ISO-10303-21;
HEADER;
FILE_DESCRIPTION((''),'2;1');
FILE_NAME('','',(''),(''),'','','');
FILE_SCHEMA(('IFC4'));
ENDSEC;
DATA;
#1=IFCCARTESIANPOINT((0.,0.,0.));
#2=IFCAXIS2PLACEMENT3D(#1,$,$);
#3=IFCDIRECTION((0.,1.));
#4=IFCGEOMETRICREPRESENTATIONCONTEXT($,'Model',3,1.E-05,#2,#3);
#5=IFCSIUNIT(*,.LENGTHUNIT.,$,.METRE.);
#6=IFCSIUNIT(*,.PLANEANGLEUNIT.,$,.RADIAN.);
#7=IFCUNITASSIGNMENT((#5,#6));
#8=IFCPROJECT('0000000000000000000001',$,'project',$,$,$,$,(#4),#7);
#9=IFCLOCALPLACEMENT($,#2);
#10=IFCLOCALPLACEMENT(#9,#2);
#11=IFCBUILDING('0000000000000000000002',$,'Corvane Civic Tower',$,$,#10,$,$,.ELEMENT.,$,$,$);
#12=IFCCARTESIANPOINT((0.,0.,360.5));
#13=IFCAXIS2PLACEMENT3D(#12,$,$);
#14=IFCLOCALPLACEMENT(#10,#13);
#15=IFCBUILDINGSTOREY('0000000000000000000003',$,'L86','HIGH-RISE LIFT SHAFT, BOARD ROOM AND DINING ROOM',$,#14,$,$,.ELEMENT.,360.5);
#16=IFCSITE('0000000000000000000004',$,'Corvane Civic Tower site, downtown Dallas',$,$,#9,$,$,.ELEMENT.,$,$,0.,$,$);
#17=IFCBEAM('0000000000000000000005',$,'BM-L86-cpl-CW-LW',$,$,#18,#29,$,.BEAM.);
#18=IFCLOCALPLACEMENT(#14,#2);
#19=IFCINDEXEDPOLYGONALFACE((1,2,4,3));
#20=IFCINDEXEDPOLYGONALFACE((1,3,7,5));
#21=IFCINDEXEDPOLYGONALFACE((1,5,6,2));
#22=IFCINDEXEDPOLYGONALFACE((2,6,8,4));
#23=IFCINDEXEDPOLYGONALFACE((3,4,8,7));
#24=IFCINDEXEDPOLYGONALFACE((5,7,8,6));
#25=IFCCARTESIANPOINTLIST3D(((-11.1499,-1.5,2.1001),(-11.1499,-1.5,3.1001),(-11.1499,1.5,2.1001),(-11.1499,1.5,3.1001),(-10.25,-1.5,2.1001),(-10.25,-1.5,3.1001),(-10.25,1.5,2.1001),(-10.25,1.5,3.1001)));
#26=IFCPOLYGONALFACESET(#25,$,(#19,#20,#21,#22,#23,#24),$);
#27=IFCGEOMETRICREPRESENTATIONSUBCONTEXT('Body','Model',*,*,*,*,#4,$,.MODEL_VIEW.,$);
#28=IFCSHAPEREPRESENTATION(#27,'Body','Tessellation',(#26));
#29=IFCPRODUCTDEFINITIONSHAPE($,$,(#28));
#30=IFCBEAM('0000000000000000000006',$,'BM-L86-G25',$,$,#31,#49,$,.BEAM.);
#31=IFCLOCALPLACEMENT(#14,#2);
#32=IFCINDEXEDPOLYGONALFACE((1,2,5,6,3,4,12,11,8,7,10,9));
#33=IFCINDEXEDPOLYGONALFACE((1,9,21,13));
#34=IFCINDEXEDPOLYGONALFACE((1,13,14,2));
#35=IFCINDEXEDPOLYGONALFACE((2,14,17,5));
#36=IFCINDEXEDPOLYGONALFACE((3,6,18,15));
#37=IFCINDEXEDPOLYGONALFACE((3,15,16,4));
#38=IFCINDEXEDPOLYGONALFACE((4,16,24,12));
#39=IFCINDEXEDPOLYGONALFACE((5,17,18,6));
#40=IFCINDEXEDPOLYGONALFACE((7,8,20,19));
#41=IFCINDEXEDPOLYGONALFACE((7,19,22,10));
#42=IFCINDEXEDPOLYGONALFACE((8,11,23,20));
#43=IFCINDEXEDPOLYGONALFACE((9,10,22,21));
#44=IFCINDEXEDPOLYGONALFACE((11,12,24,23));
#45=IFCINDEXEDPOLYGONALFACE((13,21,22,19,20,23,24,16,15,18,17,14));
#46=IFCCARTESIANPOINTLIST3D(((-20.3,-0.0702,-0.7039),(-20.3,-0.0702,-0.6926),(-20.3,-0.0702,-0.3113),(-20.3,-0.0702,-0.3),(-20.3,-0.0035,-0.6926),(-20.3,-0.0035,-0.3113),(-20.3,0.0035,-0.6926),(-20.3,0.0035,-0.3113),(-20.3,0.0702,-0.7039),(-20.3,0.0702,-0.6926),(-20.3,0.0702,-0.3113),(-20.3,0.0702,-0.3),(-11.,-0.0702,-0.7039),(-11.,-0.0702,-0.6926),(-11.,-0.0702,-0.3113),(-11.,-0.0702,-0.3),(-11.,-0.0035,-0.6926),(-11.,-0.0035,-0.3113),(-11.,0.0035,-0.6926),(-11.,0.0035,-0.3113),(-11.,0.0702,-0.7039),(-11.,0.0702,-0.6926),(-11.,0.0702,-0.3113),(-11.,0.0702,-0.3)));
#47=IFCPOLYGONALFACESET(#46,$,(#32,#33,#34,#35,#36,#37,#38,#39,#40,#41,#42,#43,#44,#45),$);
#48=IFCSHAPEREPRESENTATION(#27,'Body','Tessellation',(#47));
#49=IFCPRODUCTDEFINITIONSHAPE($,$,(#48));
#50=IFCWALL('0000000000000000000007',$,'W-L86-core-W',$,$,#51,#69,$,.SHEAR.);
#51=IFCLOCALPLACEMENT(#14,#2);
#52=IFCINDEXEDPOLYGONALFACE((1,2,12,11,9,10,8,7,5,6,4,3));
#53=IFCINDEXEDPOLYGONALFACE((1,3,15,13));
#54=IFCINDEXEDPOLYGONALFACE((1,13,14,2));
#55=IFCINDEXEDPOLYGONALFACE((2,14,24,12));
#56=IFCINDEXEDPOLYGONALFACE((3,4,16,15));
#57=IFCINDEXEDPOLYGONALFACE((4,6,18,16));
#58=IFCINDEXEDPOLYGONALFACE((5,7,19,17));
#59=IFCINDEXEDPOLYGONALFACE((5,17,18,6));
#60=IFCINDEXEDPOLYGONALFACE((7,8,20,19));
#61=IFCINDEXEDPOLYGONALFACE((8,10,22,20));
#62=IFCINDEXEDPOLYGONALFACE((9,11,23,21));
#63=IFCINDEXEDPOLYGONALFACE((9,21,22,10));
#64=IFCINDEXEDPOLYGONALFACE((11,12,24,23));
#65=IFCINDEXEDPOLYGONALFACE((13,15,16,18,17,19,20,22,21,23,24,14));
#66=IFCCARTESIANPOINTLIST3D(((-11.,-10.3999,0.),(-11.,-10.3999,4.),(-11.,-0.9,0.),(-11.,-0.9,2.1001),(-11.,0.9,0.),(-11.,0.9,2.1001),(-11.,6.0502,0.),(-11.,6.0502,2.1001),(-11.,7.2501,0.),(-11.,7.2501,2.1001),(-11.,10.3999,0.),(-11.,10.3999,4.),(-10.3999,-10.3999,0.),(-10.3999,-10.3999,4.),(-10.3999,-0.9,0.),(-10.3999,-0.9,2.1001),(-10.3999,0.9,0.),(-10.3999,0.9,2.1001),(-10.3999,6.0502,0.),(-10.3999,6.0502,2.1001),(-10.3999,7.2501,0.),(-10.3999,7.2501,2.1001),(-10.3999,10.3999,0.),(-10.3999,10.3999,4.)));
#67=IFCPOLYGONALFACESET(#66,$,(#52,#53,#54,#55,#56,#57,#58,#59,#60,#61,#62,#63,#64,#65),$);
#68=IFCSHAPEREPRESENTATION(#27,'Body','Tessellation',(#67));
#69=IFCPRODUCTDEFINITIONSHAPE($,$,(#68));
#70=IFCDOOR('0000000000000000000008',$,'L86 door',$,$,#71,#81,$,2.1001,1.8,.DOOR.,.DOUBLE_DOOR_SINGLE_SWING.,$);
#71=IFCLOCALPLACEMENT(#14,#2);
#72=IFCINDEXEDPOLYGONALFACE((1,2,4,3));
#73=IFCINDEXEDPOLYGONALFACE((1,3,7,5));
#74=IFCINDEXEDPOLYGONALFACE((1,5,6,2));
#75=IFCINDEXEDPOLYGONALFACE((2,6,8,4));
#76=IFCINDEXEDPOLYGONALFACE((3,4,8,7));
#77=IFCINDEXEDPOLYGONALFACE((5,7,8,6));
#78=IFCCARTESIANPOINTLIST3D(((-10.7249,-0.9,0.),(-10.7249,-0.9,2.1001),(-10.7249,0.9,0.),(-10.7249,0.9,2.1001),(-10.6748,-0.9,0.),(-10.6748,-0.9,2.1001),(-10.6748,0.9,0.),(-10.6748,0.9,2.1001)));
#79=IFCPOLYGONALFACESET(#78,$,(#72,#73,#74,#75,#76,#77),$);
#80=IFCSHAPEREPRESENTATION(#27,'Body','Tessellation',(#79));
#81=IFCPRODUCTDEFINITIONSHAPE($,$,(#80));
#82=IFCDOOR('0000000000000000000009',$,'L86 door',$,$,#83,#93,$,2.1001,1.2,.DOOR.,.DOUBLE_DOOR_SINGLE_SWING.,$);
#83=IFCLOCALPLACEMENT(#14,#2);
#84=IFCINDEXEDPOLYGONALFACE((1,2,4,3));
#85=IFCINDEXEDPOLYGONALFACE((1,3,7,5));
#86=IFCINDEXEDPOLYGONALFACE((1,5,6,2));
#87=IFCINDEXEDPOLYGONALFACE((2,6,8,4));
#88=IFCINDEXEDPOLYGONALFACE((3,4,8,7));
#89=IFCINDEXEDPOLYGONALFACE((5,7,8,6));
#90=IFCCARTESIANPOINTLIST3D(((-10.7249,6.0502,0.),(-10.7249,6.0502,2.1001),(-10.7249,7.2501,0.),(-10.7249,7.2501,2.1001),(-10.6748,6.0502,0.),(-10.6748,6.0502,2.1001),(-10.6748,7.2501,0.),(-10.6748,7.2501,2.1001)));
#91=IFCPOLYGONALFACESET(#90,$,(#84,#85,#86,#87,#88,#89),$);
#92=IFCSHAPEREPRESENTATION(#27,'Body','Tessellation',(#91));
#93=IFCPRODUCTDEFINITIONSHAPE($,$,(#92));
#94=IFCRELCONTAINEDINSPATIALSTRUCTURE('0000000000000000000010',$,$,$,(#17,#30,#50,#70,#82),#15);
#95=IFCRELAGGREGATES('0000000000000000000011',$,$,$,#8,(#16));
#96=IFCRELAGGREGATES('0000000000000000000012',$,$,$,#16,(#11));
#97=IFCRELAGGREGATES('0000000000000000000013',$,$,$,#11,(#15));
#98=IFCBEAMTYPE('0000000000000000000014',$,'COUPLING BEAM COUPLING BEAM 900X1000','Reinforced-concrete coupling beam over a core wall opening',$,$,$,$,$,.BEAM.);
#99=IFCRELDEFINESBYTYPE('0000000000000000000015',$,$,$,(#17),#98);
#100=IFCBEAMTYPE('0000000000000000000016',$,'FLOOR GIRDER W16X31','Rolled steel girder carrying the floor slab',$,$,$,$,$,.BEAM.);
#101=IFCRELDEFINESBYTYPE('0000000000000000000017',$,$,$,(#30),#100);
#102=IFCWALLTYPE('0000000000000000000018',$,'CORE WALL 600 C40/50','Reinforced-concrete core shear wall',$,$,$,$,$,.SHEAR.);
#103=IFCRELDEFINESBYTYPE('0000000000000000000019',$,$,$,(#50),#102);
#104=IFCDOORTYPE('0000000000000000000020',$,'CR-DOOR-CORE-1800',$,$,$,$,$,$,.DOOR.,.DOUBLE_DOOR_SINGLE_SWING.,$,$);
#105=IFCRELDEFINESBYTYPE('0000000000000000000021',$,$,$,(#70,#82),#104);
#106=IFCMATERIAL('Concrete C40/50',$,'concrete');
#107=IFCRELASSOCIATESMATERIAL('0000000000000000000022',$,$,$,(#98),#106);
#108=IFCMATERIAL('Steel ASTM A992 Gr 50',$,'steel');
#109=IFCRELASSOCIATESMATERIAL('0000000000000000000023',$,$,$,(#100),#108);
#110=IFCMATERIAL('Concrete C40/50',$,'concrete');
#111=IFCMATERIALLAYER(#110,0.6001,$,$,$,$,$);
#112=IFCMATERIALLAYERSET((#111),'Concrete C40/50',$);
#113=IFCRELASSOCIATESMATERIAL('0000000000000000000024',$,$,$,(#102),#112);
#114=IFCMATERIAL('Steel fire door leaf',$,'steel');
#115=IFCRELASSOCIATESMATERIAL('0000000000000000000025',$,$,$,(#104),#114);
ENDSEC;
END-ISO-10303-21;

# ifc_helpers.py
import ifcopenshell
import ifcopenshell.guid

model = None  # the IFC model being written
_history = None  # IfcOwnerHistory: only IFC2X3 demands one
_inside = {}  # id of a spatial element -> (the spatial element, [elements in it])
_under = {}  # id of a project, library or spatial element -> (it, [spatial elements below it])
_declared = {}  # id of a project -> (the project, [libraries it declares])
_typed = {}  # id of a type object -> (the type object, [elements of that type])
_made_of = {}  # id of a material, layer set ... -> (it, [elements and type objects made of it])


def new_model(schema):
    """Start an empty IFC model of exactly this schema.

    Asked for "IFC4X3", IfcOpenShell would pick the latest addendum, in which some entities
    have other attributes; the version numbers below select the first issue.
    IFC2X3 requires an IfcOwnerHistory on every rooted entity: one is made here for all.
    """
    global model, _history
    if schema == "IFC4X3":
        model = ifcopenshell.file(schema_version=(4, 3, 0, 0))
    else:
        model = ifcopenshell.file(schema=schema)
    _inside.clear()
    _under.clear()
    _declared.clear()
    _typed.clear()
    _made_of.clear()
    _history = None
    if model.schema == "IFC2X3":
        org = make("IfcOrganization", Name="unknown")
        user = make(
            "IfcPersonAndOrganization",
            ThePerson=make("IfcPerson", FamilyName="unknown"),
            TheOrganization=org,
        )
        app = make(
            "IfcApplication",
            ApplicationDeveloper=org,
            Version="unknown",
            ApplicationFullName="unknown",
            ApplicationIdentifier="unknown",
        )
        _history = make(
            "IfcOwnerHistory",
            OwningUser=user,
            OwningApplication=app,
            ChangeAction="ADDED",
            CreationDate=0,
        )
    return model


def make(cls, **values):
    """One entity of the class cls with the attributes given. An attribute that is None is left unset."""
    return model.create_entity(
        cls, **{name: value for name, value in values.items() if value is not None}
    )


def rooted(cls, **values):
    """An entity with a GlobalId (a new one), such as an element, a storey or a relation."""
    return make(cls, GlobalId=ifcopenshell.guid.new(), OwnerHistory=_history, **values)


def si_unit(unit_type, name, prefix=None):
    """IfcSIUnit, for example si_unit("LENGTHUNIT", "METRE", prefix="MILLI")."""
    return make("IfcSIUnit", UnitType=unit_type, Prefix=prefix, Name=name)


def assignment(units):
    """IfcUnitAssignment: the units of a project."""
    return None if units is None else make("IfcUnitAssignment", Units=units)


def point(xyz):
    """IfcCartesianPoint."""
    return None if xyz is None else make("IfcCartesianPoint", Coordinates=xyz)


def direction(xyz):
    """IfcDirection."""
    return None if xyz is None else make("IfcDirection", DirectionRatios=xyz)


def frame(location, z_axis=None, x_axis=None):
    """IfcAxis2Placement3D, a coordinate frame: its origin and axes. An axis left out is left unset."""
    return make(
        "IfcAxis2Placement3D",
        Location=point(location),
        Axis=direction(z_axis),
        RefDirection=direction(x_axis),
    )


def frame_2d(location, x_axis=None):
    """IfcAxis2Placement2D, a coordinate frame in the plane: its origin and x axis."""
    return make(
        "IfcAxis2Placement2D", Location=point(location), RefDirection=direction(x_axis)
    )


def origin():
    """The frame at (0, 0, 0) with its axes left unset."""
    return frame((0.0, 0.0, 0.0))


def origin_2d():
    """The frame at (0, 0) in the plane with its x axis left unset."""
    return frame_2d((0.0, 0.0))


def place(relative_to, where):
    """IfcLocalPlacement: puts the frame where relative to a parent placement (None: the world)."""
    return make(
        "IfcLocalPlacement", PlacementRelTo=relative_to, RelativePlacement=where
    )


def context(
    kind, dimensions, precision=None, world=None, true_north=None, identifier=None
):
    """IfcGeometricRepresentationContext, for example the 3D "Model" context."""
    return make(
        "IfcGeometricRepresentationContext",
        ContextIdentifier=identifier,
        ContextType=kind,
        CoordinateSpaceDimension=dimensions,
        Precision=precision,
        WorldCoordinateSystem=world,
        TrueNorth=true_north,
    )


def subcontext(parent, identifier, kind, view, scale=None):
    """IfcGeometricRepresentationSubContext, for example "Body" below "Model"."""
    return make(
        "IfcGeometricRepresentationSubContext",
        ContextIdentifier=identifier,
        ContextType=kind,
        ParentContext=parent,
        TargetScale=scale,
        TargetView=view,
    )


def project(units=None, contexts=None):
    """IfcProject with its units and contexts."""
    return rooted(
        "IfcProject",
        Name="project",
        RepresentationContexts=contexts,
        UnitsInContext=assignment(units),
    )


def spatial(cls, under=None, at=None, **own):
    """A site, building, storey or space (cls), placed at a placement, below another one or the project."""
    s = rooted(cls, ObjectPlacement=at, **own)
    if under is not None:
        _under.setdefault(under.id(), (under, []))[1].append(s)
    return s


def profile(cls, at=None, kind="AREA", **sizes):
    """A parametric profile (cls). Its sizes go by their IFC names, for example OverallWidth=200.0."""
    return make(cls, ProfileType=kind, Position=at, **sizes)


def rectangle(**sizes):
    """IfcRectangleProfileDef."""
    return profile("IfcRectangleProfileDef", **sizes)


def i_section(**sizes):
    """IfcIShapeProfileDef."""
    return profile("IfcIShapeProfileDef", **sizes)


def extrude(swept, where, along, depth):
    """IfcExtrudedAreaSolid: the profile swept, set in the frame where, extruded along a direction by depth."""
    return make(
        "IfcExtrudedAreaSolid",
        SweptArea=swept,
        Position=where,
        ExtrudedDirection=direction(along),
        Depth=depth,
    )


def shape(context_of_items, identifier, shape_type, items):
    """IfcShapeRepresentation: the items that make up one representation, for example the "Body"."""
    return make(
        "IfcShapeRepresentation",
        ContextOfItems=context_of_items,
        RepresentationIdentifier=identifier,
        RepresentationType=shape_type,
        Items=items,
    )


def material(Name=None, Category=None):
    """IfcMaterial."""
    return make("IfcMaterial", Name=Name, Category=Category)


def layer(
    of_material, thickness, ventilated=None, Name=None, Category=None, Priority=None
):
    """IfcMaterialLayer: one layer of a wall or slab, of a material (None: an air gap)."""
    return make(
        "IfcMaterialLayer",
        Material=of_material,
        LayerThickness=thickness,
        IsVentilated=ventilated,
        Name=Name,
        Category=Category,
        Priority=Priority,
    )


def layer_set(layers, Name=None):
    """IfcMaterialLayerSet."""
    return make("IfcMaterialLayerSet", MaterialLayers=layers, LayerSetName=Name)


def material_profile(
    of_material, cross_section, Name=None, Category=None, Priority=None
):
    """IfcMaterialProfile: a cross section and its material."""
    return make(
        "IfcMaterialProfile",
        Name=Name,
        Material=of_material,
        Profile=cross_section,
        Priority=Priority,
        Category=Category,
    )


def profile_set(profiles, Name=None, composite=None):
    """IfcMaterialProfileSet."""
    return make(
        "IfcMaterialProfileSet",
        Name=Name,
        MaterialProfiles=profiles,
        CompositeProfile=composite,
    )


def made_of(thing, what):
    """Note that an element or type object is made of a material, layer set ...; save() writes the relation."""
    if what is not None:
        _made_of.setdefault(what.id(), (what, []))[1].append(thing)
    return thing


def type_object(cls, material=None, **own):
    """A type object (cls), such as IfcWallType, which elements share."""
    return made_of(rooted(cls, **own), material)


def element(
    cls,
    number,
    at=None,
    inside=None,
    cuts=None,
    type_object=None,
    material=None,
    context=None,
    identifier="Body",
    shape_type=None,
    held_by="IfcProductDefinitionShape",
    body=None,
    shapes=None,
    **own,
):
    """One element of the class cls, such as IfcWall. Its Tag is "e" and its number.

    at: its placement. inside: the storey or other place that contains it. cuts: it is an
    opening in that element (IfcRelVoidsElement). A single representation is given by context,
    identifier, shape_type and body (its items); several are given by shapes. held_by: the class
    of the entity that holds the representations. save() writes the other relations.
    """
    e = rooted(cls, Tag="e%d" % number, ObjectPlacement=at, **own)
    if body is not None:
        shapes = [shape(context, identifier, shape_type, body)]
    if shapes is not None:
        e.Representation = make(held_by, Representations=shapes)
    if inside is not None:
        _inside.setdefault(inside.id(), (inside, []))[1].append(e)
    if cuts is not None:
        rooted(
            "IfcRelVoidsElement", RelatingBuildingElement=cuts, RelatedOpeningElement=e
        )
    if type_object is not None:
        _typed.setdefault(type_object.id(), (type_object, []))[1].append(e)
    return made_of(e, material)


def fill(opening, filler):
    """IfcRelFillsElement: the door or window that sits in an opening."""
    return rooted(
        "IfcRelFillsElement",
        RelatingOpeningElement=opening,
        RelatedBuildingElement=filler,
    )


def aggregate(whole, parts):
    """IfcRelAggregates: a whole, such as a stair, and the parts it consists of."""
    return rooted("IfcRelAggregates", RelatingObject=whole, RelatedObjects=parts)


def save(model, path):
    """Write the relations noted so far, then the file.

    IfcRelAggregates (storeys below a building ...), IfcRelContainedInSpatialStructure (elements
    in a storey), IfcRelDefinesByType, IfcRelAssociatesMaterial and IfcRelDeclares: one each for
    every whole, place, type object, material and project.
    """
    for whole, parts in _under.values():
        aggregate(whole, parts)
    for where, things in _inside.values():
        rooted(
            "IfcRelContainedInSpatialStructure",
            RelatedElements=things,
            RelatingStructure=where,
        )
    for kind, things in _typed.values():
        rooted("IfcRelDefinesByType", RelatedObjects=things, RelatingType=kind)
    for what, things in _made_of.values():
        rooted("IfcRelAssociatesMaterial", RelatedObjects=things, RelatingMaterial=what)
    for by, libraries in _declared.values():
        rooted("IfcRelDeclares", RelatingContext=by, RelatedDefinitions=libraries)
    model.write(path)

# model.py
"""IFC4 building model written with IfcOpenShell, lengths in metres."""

from ifc_helpers import new_model, si_unit, direction, frame, frame_2d, origin, origin_2d, place, context, subcontext, project, spatial, rectangle, i_section, extrude, material, layer, layer_set, material_profile, profile_set, type_object, element, fill, save


model = new_model("IFC4")

# Units and contexts
model_context = context("Model", 3, precision=1e-05, world=origin(), true_north=direction((0.0, 1.0)))
body_context = subcontext(model_context, "Body", "Model", "MODEL_VIEW")
ifc_project = project(units=[si_unit("LENGTHUNIT", "METRE"), si_unit("PLANEANGLEUNIT", "RADIAN")], contexts=[model_context])

# Site, building, storey
site_placement = place(None, origin())
site = spatial("IfcSite", under=ifc_project, at=site_placement, Name="Corvane Civic Tower site, downtown Dallas", CompositionType="ELEMENT", RefElevation=0.0)
building_placement = place(site_placement, origin())
building = spatial("IfcBuilding", under=site, at=building_placement, Name="Corvane Civic Tower", CompositionType="ELEMENT")
storey_placement = place(building_placement, frame((0.0, 0.0, 360.5)))
storey = spatial("IfcBuildingStorey", under=building, at=storey_placement, Name="L86", Description="HIGH-RISE LIFT SHAFT, BOARD ROOM AND DINING ROOM", CompositionType="ELEMENT", Elevation=360.5)

# Beams
ifc_material_1 = material(Name="Concrete C40/50", Category="concrete")
ifc_material_profile_1 = material_profile(ifc_material_1, rectangle(XDim=0.8999, YDim=1.0, at=origin_2d()), Name="COUPLING BEAM 900X1000")
ifc_profile_set_1 = profile_set([ifc_material_profile_1], Name="Concrete C40/50")
beam_type_1 = type_object("IfcBeamType", Name="COUPLING BEAM COUPLING BEAM 900X1000", Description="Reinforced-concrete coupling beam over a core wall opening", PredefinedType="BEAM", material=ifc_profile_set_1)
beam_1_placement = place(storey_placement, frame((-10.7, -1.5, 2.6001), z_axis=(0.0, 1.0, 0.0), x_axis=(-1.0, 0.0, 0.0)))
element("IfcBeam", 1, at=beam_1_placement, inside=storey, type_object=beam_type_1, Name="BM-L86-cpl-CW-LW", PredefinedType="BEAM", context=body_context, shape_type="SweptSolid", body=[
    extrude(rectangle(XDim=0.8999, YDim=1.0, at=origin_2d()), origin(), (0.0, 0.0, 1.0), 3.0),
])
ifc_material_2 = material(Name="Steel ASTM A992 Gr 50", Category="steel")
ifc_material_profile_2 = material_profile(ifc_material_2, i_section(OverallWidth=0.1404, OverallDepth=0.4038, WebThickness=0.0071, FlangeThickness=0.0112, at=origin_2d()), Name="W16X31")
ifc_profile_set_2 = profile_set([ifc_material_profile_2], Name="Steel ASTM A992 Gr 50")
beam_type_2 = type_object("IfcBeamType", Name="FLOOR GIRDER W16X31", Description="Rolled steel girder carrying the floor slab", PredefinedType="BEAM", material=ifc_profile_set_2)
beam_2_placement = place(storey_placement, frame((-11.0, 0.0, -0.502), z_axis=(-1.0, 0.0, 0.0), x_axis=(0.0, -1.0, 0.0)))
element("IfcBeam", 2, at=beam_2_placement, inside=storey, type_object=beam_type_2, Name="BM-L86-G25", PredefinedType="BEAM", context=body_context, shape_type="SweptSolid", body=[
    extrude(i_section(OverallWidth=0.1404, OverallDepth=0.4038, WebThickness=0.0071, FlangeThickness=0.0112, at=origin_2d()), origin(), (0.0, 0.0, 1.0), 9.3),
])

# Wall, openings, doors
ifc_material_3 = material(Name="Concrete C40/50", Category="concrete")
ifc_layer_1 = layer(ifc_material_3, 0.6001)
ifc_layer_set_1 = layer_set([ifc_layer_1], Name="Concrete C40/50")
wall_type_1 = type_object("IfcWallType", Name="CORE WALL 600 C40/50", Description="Reinforced-concrete core shear wall", PredefinedType="SHEAR", material=ifc_layer_set_1)
wall_1_placement = place(storey_placement, frame((-10.7, -10.3999, 0.0), z_axis=(0.0, 0.0, 1.0), x_axis=(0.0, 1.0, 0.0)))
wall_1 = element("IfcWall", 3, at=wall_1_placement, inside=storey, type_object=wall_type_1, Name="W-L86-core-W", PredefinedType="SHEAR", context=body_context, shape_type="SweptSolid", body=[
    extrude(rectangle(XDim=20.7998, YDim=0.6001, at=frame_2d((10.3999, 0.0))), origin(), (0.0, 0.0, 1.0), 4.0),
])
opening_1_placement = place(wall_1_placement, frame((9.5, 0.0, 0.0)))
opening_1 = element("IfcOpeningElement", 4, at=opening_1_placement, cuts=wall_1, PredefinedType="OPENING", context=body_context, shape_type="SweptSolid", body=[
    extrude(rectangle(XDim=1.8, YDim=2.1001, at=frame_2d((0.8999, 1.05))), frame((0.0, 0.3101, 0.0), z_axis=(0.0, -1.0, 0.0), x_axis=(1.0, 0.0, 0.0)), (0.0, 0.0, 1.0), 0.6201),
])
opening_2_placement = place(wall_1_placement, frame((16.45, 0.0, 0.0)))
opening_2 = element("IfcOpeningElement", 5, at=opening_2_placement, cuts=wall_1, PredefinedType="OPENING", context=body_context, shape_type="SweptSolid", body=[
    extrude(rectangle(XDim=1.2, YDim=2.1001, at=frame_2d((0.6001, 1.05))), frame((0.0, 0.3101, 0.0), z_axis=(0.0, -1.0, 0.0), x_axis=(1.0, 0.0, 0.0)), (0.0, 0.0, 1.0), 0.6201),
])
ifc_material_4 = material(Name="Steel fire door leaf", Category="steel")
door_type_1 = type_object("IfcDoorType", Name="CR-DOOR-CORE-1800", OperationType="DOUBLE_DOOR_SINGLE_SWING", PredefinedType="DOOR", material=ifc_material_4)
door_1_placement = place(opening_1_placement, origin())
door_1 = element("IfcDoor", 6, at=door_1_placement, inside=storey, type_object=door_type_1, Name="L86 door", OperationType="DOUBLE_DOOR_SINGLE_SWING", OverallHeight=2.1001, OverallWidth=1.8, PredefinedType="DOOR", context=body_context, shape_type="SweptSolid", body=[
    extrude(rectangle(XDim=1.8, YDim=2.1001, at=frame_2d((0.8999, 1.05))), frame((0.0, 0.0249, 0.0), z_axis=(0.0, -1.0, 0.0), x_axis=(1.0, 0.0, 0.0)), (0.0, 0.0, 1.0), 0.05),
])
fill(opening_1, door_1)
door_2_placement = place(opening_2_placement, origin())
door_2 = element("IfcDoor", 7, at=door_2_placement, inside=storey, type_object=door_type_1, Name="L86 door", OperationType="DOUBLE_DOOR_SINGLE_SWING", OverallHeight=2.1001, OverallWidth=1.2, PredefinedType="DOOR", context=body_context, shape_type="SweptSolid", body=[
    extrude(rectangle(XDim=1.2, YDim=2.1001, at=frame_2d((0.6001, 1.05))), frame((0.0, 0.0249, 0.0), z_axis=(0.0, -1.0, 0.0), x_axis=(1.0, 0.0, 0.0)), (0.0, 0.0, 1.0), 0.05),
])
fill(opening_2, door_2)

save(model, "model.ifc")
